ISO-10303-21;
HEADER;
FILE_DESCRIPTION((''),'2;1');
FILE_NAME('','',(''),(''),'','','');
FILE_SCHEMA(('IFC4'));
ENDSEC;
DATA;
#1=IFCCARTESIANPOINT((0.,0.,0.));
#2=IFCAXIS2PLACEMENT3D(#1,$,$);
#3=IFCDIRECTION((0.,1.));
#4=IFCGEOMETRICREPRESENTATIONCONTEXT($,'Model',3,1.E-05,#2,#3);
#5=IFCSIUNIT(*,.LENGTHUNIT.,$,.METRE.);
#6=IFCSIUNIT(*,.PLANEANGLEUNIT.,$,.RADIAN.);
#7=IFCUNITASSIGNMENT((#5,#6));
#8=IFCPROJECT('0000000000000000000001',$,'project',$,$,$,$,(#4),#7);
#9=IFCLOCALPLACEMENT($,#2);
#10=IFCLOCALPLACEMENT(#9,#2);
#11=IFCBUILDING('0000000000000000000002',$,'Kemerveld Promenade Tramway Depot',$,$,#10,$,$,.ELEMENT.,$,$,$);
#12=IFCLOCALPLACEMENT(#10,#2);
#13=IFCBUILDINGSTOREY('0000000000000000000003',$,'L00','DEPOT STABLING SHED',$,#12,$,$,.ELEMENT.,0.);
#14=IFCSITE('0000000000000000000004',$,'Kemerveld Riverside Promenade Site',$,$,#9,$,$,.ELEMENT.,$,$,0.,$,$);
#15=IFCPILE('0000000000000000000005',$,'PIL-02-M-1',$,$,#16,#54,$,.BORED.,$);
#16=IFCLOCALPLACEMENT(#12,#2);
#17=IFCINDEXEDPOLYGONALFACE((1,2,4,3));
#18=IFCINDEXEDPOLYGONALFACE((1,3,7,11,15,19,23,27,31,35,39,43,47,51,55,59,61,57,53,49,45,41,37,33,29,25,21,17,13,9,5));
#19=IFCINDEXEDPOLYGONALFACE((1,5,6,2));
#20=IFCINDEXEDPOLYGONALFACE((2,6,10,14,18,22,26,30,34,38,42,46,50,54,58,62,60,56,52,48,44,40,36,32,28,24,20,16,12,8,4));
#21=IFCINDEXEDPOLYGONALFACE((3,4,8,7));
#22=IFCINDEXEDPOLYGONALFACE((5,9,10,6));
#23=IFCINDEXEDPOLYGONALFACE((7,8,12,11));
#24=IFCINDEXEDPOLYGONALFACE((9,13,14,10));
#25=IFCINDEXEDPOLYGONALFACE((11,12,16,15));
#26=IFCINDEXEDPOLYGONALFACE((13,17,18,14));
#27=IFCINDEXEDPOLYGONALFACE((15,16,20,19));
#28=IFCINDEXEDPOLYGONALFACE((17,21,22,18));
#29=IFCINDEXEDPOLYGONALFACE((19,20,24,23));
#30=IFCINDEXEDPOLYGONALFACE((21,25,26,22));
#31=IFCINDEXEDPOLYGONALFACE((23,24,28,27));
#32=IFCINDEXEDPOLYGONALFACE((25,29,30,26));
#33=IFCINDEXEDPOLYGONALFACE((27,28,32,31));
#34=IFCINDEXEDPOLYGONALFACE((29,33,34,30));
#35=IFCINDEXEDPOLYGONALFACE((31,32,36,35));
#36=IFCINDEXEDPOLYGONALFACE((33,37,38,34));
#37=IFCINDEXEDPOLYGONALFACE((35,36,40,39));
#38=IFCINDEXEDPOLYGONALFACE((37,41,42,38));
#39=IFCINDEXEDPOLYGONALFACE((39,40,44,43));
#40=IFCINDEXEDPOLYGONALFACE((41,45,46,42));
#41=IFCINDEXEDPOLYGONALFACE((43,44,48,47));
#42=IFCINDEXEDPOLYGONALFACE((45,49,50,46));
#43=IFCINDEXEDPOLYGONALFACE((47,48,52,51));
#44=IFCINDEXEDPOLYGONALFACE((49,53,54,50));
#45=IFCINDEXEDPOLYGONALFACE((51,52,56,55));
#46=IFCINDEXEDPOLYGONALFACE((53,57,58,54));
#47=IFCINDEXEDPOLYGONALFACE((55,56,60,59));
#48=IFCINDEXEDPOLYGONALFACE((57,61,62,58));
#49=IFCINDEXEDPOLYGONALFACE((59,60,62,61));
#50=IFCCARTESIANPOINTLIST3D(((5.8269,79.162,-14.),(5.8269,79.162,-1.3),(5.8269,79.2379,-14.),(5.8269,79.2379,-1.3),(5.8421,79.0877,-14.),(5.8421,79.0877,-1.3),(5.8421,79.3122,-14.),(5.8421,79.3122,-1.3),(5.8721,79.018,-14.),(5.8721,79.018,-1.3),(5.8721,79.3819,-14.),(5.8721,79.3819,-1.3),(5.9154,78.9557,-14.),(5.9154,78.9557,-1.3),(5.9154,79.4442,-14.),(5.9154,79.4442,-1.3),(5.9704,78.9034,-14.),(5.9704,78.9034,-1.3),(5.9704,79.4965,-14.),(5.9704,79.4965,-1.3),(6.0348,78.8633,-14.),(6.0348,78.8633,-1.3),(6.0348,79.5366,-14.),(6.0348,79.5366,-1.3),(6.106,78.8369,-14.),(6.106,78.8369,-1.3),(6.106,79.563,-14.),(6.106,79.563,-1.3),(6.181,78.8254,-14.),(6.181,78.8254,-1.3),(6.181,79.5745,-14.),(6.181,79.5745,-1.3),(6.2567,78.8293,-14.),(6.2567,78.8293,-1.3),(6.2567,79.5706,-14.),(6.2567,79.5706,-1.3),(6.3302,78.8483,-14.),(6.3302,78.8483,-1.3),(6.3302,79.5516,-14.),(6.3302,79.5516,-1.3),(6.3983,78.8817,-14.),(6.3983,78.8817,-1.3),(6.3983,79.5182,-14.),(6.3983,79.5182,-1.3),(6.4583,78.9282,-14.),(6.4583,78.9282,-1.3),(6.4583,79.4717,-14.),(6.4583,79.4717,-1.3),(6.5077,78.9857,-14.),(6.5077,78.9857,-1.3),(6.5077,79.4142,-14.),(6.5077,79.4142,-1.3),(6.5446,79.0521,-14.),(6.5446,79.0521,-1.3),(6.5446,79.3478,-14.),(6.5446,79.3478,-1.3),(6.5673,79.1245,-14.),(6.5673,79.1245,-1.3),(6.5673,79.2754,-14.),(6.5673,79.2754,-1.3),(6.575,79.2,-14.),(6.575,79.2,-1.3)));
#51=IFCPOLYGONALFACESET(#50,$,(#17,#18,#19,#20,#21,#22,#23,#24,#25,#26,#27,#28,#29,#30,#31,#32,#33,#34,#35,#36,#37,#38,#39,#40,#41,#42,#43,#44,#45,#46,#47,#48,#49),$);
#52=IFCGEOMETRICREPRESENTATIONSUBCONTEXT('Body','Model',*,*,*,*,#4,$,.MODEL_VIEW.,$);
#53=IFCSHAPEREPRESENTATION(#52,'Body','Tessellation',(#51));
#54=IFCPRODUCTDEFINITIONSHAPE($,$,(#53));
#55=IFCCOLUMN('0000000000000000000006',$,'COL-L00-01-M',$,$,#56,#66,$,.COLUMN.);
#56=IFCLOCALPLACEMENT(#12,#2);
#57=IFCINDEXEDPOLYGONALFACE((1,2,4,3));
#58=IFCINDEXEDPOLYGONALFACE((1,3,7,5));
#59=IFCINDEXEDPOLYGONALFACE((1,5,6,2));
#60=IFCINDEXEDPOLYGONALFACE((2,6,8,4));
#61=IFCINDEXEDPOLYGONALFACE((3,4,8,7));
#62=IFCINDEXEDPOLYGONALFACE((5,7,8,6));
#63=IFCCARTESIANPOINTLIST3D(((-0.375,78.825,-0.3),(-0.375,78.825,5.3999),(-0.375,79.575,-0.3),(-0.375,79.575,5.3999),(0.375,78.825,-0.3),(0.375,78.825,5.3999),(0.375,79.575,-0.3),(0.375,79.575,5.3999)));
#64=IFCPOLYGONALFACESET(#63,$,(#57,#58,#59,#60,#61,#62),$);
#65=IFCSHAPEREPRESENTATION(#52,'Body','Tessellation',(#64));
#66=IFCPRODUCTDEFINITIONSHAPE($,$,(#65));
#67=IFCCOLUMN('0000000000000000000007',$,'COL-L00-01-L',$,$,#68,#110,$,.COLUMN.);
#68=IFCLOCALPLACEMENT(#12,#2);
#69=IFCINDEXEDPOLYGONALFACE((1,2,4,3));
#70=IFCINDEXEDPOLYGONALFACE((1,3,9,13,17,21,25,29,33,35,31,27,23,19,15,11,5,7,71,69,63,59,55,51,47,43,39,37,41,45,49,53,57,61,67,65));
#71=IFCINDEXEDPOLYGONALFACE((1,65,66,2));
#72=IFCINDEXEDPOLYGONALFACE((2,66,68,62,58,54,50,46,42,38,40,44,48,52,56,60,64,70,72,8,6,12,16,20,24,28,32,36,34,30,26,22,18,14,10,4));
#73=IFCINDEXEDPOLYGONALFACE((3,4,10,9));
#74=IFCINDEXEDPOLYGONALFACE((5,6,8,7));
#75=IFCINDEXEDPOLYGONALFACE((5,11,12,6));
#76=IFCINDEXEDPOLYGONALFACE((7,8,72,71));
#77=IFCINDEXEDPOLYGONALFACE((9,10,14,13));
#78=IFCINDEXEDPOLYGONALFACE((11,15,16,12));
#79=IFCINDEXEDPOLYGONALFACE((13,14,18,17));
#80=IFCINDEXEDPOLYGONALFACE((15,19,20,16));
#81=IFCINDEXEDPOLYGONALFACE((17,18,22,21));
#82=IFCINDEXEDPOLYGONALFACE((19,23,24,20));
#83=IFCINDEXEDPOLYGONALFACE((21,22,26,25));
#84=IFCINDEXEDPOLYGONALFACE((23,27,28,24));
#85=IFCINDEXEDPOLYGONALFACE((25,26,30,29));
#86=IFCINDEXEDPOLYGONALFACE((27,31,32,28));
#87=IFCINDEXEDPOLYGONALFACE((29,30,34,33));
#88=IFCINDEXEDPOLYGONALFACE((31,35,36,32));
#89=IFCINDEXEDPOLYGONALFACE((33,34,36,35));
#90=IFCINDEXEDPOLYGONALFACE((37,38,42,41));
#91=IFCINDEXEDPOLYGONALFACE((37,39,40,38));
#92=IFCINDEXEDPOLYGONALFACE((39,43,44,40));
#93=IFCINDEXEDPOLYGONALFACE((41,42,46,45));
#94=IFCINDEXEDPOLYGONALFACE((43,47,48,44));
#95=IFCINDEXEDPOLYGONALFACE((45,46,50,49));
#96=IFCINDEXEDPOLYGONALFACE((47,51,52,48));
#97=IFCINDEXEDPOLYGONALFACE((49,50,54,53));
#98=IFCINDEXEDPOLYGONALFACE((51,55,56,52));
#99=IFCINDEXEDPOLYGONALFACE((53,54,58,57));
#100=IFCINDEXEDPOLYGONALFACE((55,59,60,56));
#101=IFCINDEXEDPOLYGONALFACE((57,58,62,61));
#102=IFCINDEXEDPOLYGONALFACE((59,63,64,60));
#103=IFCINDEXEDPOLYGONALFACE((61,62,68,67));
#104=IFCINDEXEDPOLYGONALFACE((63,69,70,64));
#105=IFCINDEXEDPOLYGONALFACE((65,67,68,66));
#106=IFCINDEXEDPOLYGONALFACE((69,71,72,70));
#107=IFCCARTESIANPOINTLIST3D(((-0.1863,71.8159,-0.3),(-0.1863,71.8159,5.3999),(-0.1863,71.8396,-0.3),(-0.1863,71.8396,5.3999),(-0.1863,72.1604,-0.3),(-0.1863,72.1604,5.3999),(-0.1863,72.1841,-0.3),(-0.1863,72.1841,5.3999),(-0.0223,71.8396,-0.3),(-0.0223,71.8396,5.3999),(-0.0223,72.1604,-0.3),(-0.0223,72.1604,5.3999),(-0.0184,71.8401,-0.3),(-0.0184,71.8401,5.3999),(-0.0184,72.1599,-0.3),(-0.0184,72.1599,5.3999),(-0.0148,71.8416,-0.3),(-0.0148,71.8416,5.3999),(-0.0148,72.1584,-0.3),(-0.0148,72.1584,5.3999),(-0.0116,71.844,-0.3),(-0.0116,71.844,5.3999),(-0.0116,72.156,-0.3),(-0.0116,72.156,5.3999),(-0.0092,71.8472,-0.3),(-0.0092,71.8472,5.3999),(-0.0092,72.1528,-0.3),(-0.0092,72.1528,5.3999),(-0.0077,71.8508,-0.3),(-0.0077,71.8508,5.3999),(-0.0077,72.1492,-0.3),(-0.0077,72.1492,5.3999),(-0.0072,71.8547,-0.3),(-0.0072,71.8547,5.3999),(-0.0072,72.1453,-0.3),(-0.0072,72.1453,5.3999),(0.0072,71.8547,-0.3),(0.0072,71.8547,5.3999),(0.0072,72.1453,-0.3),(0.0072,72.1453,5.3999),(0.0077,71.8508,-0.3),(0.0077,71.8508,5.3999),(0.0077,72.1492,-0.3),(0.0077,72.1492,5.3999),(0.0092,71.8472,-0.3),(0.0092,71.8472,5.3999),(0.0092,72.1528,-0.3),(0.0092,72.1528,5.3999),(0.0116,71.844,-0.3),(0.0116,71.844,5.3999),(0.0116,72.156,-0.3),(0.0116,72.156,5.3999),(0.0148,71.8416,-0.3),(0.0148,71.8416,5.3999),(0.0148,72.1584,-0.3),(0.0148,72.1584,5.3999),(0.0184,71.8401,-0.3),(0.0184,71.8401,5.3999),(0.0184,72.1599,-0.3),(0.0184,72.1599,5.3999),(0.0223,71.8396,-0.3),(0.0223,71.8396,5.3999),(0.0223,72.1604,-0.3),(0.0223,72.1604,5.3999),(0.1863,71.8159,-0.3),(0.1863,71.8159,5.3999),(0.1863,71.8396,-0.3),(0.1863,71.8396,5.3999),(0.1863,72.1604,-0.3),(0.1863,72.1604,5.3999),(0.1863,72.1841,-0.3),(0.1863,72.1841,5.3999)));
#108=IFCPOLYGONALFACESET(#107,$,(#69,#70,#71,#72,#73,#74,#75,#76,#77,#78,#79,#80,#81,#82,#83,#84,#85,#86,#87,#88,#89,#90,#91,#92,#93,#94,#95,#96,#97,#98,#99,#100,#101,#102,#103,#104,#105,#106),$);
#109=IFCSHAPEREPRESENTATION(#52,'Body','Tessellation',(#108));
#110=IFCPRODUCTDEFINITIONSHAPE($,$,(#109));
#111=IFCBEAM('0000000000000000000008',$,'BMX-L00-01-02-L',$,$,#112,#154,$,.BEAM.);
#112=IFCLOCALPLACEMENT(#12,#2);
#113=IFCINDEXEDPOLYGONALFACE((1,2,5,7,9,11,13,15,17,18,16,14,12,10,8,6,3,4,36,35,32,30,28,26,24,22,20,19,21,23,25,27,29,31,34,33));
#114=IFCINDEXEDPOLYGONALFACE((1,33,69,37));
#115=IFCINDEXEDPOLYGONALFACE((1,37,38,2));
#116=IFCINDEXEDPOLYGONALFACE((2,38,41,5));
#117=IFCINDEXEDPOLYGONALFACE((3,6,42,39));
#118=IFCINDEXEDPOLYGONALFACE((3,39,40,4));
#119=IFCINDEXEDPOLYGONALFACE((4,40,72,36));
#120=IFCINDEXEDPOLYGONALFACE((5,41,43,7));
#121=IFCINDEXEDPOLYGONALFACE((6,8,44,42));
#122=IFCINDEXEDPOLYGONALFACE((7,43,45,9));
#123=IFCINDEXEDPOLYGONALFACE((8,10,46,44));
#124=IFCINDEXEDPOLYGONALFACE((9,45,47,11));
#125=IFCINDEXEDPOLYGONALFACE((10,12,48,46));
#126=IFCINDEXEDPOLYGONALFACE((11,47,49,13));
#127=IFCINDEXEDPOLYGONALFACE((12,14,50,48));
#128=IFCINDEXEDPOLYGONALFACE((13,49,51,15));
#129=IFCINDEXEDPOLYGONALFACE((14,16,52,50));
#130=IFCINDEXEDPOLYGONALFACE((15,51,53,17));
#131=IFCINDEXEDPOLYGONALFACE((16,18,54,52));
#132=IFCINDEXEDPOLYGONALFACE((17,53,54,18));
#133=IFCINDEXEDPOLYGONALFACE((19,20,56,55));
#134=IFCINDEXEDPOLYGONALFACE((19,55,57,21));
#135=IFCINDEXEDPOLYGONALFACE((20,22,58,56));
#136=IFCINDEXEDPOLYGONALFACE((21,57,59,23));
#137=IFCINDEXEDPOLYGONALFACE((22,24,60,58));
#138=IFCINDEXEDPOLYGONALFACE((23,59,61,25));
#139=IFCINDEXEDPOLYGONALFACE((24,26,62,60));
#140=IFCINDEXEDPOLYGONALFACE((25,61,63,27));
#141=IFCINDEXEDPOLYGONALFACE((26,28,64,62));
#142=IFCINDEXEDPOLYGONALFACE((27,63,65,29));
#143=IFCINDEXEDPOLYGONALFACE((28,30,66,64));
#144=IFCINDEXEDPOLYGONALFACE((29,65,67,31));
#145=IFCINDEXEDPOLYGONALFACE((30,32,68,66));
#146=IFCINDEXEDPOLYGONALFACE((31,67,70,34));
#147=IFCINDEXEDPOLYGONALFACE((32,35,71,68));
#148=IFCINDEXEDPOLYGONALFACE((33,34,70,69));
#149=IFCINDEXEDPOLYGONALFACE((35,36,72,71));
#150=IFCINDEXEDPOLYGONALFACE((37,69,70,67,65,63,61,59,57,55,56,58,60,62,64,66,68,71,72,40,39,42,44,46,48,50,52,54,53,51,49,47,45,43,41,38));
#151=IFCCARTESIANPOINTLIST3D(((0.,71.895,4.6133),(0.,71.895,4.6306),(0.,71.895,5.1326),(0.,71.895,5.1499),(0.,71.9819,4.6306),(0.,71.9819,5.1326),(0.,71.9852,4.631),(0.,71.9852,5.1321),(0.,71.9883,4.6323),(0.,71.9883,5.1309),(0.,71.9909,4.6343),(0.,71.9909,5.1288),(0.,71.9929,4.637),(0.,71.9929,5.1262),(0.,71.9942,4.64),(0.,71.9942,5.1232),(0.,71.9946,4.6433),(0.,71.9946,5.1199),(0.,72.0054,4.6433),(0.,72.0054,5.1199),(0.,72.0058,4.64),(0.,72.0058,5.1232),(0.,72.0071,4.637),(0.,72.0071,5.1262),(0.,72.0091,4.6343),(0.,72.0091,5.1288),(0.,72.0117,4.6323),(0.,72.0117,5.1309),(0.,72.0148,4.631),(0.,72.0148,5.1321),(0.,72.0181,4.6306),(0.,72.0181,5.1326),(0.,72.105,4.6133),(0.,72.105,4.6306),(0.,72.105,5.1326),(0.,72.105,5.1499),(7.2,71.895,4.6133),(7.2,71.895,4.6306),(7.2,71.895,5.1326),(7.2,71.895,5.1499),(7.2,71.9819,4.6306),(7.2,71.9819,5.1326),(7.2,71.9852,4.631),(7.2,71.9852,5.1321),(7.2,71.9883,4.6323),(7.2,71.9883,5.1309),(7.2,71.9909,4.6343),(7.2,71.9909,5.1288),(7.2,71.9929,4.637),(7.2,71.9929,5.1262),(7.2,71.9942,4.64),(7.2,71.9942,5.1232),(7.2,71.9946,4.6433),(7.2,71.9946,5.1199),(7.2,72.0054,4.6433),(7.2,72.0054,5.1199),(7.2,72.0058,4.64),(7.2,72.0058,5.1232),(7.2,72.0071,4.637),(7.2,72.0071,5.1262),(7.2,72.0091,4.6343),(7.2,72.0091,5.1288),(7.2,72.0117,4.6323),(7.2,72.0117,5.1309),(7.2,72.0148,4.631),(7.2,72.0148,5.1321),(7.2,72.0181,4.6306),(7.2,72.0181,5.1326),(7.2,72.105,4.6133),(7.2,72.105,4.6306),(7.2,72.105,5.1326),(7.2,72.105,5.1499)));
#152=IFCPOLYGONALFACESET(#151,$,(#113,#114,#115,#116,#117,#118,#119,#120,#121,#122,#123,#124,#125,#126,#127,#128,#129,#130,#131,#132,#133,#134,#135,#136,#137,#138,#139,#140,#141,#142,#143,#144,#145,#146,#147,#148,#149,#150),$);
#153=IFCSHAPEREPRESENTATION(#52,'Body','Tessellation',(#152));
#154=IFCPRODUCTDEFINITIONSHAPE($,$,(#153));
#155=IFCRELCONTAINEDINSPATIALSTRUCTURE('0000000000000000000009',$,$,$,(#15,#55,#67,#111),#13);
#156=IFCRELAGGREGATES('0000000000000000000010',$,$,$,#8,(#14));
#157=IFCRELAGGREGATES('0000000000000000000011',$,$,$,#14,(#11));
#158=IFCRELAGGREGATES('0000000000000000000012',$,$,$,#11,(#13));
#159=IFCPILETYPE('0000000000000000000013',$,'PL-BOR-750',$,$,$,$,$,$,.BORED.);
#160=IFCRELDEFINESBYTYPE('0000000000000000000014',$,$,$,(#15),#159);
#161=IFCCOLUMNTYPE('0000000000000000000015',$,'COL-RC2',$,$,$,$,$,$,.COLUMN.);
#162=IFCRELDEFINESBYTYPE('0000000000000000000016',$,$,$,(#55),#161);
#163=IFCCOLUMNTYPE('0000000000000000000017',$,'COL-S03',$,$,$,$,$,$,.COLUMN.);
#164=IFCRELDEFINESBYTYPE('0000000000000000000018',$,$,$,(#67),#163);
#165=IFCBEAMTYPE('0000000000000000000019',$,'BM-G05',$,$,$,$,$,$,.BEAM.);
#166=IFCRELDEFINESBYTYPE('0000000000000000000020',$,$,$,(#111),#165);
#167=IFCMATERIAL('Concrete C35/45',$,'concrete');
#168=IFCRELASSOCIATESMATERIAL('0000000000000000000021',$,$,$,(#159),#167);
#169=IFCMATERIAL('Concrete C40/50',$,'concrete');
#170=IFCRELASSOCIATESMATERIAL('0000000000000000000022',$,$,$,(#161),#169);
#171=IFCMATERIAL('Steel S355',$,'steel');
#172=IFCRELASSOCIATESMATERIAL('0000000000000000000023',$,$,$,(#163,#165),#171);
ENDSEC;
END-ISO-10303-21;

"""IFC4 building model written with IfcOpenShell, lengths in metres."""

from ifc_helpers import new_model, si_unit, direction, frame, origin, origin_2d, place, context, subcontext, project, spatial, rectangle, circle, i_section, extrude, material, material_profile, profile_set, type_object, element, save


model = new_model("IFC4")

# Units and contexts
model_context = context("Model", 3, precision=1e-05, world=origin(), true_north=direction((0.0, 1.0)))
body_context = subcontext(model_context, "Body", "Model", "MODEL_VIEW")
ifc_project = project(units=[si_unit("LENGTHUNIT", "METRE"), si_unit("PLANEANGLEUNIT", "RADIAN")], contexts=[model_context])

# Site, building, storey
site_placement = place(None, origin())
site = spatial("IfcSite", under=ifc_project, at=site_placement, Name="Kemerveld Riverside Promenade Site", CompositionType="ELEMENT", RefElevation=0.0)
building_placement = place(site_placement, origin())
building = spatial("IfcBuilding", under=site, at=building_placement, Name="Kemerveld Promenade Tramway Depot", CompositionType="ELEMENT")
storey_placement = place(building_placement, origin())
storey = spatial("IfcBuildingStorey", under=building, at=storey_placement, Name="L00", Description="DEPOT STABLING SHED", CompositionType="ELEMENT", Elevation=0.0)

# Shared definitions
ifc_material_1 = material(Name="Concrete C35/45", Category="concrete")

# Pile
ifc_material_profile_1 = material_profile(ifc_material_1, circle(Radius=0.375, at=origin_2d()), Name="PILE-D750")
ifc_profile_set_1 = profile_set([ifc_material_profile_1], Name="Concrete C35/45")
pile_type_1 = type_object("IfcPileType", Name="PL-BOR-750", PredefinedType="BORED", material=ifc_profile_set_1)
for number, where, z_axis, x_axis, name in (
    (1, (6.2, 79.2, -1.3), (0.0, 0.0, -1.0), (1.0, 0.0, 0.0), "PIL-02-M-1"),
):
    element("IfcPile", number, at=place(storey_placement, frame(where, z_axis=z_axis, x_axis=x_axis)), inside=storey, type_object=pile_type_1, Name=name, PredefinedType="BORED", context=body_context, shape_type="SweptSolid", body=[
        extrude(circle(Radius=0.375, at=origin_2d()), origin(), (0.0, 0.0, 1.0), 12.7),
    ])

# Columns
ifc_material_2 = material(Name="Concrete C40/50", Category="concrete")
ifc_material_profile_2 = material_profile(ifc_material_2, rectangle(XDim=0.75, YDim=0.75, at=origin_2d()), Name="RC-COL-750x750")
ifc_profile_set_2 = profile_set([ifc_material_profile_2], Name="Concrete C40/50")
column_type_1 = type_object("IfcColumnType", Name="COL-RC2", PredefinedType="COLUMN", material=ifc_profile_set_2)
column_1_placement = place(storey_placement, frame((0.0, 79.2, -0.3), z_axis=(0.0, 0.0, 1.0), x_axis=(1.0, 0.0, 0.0)))
element("IfcColumn", 2, at=column_1_placement, inside=storey, type_object=column_type_1, Name="COL-L00-01-M", PredefinedType="COLUMN", context=body_context, shape_type="SweptSolid", body=[
    extrude(rectangle(XDim=0.75, YDim=0.75, at=origin_2d()), origin(), (0.0, 0.0, 1.0), 5.7),
])
ifc_material_3 = material(Name="Steel S355", Category="steel")
ifc_material_profile_3 = material_profile(ifc_material_3, i_section(OverallWidth=0.3726, OverallDepth=0.3682, WebThickness=0.0144, FlangeThickness=0.0237, FilletRadius=0.0151, at=origin_2d()), Name="356x368x177 UC")
ifc_profile_set_3 = profile_set([ifc_material_profile_3], Name="Steel S355")
column_type_2 = type_object("IfcColumnType", Name="COL-S03", PredefinedType="COLUMN", material=ifc_profile_set_3)
column_2_placement = place(storey_placement, frame((0.0, 72.0, -0.3), z_axis=(0.0, 0.0, 1.0), x_axis=(1.0, 0.0, 0.0)))
element("IfcColumn", 3, at=column_2_placement, inside=storey, type_object=column_type_2, Name="COL-L00-01-L", PredefinedType="COLUMN", context=body_context, shape_type="SweptSolid", body=[
    extrude(i_section(OverallWidth=0.3726, OverallDepth=0.3682, WebThickness=0.0144, FlangeThickness=0.0237, FilletRadius=0.0151, at=origin_2d()), origin(), (0.0, 0.0, 1.0), 5.7),
])

# Beam
ifc_material_profile_4 = material_profile(ifc_material_3, i_section(OverallWidth=0.21, OverallDepth=0.5366, WebThickness=0.0107, FlangeThickness=0.0173, FilletRadius=0.0127, at=origin_2d()), Name="533x210x101 UB")
ifc_profile_set_4 = profile_set([ifc_material_profile_4], Name="Steel S355")
beam_type_1 = type_object("IfcBeamType", Name="BM-G05", PredefinedType="BEAM", material=ifc_profile_set_4)
beam_1_placement = place(storey_placement, frame((0.0, 72.0, 4.8816), z_axis=(1.0, 0.0, 0.0), x_axis=(0.0, 1.0, 0.0)))
element("IfcBeam", 4, at=beam_1_placement, inside=storey, type_object=beam_type_1, Name="BMX-L00-01-02-L", PredefinedType="BEAM", context=body_context, shape_type="SweptSolid", body=[
    extrude(i_section(OverallWidth=0.21, OverallDepth=0.5366, WebThickness=0.0107, FlangeThickness=0.0173, FilletRadius=0.0127, at=origin_2d()), origin(), (0.0, 0.0, 1.0), 7.2),
])

save(model, "model.ifc")
